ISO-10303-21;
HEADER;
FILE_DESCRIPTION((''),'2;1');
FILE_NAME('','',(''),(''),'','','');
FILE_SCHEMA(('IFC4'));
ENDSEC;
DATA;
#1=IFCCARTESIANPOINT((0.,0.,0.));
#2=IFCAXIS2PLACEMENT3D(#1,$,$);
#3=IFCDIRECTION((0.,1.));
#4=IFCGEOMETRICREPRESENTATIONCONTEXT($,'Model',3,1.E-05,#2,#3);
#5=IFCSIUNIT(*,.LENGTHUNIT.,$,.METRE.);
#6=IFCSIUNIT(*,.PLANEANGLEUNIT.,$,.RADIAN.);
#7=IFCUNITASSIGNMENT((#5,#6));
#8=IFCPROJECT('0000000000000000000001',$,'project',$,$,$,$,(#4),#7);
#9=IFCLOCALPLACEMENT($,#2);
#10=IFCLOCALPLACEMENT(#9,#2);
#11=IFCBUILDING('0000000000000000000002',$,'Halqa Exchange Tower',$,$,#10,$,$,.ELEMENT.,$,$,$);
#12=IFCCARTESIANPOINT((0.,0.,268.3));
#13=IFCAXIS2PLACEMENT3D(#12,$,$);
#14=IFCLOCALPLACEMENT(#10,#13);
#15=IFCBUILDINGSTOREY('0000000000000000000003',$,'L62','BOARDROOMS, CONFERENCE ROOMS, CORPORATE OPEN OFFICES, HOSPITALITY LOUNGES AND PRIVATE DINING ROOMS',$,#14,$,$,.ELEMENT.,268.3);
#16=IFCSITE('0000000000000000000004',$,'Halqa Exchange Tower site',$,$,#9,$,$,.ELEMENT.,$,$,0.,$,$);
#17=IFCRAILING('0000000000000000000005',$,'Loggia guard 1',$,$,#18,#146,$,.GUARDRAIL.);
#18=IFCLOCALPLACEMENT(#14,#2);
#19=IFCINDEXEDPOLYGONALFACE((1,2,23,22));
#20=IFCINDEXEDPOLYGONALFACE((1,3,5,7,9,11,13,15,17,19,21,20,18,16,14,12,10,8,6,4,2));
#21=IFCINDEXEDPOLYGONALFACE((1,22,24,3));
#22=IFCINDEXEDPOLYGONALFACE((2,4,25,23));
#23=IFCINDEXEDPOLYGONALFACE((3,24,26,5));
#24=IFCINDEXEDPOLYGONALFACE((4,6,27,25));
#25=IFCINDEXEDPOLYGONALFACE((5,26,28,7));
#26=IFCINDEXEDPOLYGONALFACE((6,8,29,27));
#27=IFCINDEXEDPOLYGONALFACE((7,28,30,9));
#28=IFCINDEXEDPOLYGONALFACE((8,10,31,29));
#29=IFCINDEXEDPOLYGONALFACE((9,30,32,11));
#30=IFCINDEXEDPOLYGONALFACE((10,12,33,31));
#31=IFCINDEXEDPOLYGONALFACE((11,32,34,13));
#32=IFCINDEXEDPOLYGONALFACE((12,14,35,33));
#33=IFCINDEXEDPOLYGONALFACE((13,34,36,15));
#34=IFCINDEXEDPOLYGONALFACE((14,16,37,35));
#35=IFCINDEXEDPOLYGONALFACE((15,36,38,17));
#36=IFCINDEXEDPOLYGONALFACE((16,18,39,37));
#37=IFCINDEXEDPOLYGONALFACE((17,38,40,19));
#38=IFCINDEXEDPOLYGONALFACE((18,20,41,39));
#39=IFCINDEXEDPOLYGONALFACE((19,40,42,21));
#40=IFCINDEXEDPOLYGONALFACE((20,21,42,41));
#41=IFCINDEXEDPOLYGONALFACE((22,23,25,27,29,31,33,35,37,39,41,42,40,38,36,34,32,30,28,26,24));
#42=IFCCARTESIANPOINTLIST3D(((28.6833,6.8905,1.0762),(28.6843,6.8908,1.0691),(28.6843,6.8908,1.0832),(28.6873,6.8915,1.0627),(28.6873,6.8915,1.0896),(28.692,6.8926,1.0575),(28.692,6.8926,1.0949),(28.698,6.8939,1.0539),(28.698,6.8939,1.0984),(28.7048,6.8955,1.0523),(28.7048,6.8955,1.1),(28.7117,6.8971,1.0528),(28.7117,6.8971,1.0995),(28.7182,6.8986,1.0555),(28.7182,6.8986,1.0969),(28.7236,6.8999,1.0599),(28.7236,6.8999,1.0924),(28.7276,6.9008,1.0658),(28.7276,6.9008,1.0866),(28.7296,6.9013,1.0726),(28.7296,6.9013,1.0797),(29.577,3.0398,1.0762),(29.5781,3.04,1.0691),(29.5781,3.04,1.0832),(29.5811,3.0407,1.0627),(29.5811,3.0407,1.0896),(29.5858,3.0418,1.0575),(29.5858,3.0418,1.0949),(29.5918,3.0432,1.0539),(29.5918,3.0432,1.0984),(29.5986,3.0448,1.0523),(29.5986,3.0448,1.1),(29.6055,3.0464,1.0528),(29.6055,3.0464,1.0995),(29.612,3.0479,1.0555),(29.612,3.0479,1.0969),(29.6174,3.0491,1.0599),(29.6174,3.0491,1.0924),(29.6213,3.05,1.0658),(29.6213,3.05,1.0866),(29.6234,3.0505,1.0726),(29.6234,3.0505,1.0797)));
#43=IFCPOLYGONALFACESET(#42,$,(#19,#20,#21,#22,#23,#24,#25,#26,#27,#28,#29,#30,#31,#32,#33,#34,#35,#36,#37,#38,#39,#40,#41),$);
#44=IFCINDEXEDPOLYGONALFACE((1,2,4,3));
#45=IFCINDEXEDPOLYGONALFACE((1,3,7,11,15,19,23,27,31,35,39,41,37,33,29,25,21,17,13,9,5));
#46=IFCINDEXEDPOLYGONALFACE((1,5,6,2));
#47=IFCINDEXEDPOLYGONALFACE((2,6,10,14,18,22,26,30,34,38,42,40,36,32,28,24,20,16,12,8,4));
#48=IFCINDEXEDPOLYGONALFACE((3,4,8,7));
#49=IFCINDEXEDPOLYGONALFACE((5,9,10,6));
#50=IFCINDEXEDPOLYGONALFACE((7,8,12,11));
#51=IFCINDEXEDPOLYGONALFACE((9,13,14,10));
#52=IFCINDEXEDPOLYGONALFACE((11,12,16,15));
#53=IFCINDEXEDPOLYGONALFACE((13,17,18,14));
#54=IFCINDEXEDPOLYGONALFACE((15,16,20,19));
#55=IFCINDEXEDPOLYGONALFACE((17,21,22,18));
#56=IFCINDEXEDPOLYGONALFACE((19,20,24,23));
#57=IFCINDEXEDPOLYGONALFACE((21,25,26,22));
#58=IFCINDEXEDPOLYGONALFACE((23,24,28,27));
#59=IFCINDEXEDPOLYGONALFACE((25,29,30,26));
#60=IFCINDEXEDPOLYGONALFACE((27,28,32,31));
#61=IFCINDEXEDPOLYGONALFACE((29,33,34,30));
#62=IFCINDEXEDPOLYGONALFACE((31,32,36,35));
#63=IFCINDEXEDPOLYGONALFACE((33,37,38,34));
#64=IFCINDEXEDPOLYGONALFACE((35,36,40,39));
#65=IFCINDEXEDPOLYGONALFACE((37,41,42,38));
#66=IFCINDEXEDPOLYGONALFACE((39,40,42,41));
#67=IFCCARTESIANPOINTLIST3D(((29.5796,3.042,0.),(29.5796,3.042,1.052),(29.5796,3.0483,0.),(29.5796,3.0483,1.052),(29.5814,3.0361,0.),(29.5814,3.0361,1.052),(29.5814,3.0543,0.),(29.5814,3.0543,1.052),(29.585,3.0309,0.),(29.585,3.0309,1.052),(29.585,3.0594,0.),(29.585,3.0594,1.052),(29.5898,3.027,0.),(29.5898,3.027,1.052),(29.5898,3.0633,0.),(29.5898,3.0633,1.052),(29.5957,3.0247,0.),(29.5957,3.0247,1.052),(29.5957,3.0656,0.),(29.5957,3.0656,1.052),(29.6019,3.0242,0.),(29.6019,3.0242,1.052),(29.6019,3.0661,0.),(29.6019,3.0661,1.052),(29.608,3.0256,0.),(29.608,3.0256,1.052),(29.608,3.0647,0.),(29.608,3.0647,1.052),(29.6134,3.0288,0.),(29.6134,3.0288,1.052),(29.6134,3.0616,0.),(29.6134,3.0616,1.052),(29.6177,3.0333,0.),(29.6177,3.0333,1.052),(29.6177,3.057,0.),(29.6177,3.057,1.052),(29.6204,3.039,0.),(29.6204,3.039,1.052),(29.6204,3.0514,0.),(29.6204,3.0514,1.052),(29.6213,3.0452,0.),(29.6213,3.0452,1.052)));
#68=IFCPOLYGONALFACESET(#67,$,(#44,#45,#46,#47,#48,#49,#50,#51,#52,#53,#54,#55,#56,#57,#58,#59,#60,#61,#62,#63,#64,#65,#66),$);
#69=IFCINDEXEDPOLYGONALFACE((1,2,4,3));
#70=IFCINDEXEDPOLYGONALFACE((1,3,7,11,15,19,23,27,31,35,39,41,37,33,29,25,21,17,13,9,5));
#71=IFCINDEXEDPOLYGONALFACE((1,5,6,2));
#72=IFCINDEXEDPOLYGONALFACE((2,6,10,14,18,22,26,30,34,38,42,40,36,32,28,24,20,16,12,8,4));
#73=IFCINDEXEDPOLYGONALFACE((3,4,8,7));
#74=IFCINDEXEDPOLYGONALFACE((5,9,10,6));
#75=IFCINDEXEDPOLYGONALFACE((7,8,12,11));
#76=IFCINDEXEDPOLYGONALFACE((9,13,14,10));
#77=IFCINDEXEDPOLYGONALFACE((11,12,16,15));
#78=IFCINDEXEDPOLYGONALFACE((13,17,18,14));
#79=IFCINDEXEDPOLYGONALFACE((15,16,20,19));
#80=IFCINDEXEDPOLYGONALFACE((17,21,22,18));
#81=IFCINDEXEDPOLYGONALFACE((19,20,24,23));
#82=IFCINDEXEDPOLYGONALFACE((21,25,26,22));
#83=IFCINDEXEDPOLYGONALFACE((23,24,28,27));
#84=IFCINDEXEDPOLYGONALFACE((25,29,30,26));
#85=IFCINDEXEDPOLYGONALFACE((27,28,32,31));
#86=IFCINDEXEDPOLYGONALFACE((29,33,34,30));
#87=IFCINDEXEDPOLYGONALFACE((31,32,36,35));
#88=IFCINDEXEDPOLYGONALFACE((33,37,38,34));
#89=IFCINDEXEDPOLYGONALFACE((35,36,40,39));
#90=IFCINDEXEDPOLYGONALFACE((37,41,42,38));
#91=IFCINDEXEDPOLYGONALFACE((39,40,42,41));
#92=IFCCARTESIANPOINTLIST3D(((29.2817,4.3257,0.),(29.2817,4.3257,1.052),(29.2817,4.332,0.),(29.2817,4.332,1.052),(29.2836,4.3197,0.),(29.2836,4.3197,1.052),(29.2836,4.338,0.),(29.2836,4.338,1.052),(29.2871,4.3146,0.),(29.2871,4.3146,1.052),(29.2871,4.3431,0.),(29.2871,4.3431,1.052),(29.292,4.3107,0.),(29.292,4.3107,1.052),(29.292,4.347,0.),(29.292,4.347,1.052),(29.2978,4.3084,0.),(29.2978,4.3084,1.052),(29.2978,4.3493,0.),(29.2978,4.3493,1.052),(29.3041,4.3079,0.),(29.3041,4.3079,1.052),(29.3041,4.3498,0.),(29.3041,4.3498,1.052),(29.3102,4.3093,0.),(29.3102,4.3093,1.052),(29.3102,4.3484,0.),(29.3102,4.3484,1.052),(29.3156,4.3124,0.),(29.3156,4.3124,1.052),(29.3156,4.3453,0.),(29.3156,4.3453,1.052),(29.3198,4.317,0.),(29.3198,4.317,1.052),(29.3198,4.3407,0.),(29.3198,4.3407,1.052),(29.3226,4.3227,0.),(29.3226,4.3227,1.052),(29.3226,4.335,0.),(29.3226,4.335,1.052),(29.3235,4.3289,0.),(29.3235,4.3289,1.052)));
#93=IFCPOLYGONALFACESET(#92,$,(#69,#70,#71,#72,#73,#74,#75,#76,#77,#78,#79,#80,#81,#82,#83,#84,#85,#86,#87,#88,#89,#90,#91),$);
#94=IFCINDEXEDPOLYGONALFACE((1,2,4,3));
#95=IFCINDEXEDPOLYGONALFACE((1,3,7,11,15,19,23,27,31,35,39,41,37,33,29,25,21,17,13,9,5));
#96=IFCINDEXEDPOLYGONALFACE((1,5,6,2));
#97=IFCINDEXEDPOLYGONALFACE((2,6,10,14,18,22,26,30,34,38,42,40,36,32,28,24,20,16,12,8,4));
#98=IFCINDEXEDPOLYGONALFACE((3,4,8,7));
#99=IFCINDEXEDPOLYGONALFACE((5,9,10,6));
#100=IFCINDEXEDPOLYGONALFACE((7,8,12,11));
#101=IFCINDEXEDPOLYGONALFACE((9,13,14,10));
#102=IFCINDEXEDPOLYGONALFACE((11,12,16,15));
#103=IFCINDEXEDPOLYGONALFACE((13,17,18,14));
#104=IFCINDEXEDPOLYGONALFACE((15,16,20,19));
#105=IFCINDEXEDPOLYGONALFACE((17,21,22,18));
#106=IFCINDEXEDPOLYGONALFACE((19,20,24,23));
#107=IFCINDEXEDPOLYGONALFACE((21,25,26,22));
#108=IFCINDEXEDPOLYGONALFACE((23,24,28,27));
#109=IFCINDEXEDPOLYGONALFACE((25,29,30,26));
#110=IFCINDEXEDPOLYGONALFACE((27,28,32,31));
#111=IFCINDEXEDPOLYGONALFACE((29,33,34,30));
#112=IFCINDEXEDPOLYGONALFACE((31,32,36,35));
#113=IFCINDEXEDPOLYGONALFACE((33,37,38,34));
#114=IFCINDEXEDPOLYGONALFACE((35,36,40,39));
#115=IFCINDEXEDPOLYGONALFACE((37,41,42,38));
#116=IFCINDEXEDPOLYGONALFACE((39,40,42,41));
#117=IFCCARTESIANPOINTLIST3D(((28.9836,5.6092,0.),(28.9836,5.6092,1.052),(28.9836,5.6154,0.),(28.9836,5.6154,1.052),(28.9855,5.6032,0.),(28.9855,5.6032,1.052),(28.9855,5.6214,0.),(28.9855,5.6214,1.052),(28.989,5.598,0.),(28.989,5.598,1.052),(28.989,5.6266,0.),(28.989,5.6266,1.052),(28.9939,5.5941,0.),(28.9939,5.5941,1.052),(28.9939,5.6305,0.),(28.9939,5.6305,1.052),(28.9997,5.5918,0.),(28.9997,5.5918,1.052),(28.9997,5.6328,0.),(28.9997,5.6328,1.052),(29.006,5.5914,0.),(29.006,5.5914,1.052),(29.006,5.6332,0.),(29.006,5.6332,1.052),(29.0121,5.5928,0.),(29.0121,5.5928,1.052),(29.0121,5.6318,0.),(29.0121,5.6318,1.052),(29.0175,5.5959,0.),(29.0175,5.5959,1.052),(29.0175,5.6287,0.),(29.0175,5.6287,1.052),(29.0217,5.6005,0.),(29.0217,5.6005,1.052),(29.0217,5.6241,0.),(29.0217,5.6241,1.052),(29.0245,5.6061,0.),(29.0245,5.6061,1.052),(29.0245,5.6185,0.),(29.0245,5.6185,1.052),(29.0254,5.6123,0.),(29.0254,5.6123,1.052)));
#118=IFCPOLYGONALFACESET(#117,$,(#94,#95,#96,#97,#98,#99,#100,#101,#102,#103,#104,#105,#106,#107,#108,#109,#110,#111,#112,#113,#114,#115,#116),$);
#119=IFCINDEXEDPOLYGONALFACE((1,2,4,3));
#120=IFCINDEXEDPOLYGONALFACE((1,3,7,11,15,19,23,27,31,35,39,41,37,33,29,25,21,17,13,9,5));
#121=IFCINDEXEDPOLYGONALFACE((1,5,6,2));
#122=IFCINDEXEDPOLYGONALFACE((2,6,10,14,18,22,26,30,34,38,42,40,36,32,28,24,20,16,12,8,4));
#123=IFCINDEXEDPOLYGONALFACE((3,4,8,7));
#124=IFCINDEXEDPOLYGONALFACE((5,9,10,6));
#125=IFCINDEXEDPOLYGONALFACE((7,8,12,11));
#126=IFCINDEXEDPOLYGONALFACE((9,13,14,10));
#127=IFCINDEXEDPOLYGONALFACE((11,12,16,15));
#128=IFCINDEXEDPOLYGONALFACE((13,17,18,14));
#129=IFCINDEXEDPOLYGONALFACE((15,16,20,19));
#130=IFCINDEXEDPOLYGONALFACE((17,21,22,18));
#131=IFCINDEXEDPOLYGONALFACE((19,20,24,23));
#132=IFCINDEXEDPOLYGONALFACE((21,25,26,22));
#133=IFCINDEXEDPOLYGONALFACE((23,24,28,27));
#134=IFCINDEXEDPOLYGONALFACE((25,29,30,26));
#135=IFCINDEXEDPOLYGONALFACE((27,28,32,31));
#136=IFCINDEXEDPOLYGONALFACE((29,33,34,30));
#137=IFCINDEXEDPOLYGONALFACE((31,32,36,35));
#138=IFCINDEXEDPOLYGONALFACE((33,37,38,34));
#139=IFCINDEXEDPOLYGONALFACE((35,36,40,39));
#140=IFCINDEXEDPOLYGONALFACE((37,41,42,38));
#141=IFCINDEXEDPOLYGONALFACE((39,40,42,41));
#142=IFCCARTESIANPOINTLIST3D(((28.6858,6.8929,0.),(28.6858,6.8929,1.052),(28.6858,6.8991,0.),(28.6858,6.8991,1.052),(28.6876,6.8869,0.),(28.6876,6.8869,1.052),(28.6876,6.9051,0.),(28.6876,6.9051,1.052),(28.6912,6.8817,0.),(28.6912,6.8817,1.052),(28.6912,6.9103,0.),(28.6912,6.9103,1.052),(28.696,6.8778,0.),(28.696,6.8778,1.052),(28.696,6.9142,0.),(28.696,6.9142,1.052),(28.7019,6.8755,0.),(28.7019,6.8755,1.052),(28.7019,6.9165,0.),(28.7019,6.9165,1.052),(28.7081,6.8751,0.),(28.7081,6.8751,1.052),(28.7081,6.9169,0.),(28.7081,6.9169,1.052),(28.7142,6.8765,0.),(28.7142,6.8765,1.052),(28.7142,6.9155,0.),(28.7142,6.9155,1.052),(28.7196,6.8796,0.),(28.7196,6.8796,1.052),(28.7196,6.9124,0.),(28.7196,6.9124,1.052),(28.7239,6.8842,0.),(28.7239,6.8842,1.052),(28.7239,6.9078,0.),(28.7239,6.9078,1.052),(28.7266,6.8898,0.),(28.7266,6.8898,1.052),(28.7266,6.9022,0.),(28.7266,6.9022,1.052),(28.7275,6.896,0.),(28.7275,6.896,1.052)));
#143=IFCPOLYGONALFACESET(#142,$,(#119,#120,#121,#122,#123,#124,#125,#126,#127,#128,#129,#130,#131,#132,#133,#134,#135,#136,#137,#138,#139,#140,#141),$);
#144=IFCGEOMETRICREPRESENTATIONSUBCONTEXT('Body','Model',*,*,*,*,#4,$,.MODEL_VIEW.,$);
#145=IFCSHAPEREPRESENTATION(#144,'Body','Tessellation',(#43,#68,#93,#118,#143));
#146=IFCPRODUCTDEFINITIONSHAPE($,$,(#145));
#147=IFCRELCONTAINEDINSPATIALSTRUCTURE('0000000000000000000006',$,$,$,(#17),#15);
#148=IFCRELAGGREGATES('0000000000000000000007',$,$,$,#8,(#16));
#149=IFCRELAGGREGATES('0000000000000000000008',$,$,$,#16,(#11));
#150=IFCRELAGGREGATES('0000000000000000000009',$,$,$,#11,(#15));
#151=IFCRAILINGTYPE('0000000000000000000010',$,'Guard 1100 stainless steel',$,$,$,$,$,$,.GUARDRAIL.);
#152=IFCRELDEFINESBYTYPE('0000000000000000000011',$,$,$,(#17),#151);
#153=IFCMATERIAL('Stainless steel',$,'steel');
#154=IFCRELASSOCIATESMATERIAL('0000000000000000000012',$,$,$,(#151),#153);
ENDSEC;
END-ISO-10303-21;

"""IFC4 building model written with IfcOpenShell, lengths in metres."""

from ifc_helpers import new_model, si_unit, direction, frame, origin, origin_2d, place, context, subcontext, project, spatial, circle, extrude, material, type_object, element, save


model = new_model("IFC4")

# Units and contexts
model_context = context("Model", 3, precision=1e-05, world=origin(), true_north=direction((0.0, 1.0)))
body_context = subcontext(model_context, "Body", "Model", "MODEL_VIEW")
ifc_project = project(units=[si_unit("LENGTHUNIT", "METRE"), si_unit("PLANEANGLEUNIT", "RADIAN")], contexts=[model_context])

# Site, building, storey
site_placement = place(None, origin())
site = spatial("IfcSite", under=ifc_project, at=site_placement, Name="Halqa Exchange Tower site", CompositionType="ELEMENT", RefElevation=0.0)
building_placement = place(site_placement, origin())
building = spatial("IfcBuilding", under=site, at=building_placement, Name="Halqa Exchange Tower", CompositionType="ELEMENT")
storey_placement = place(building_placement, frame((0.0, 0.0, 268.3)))
storey = spatial("IfcBuildingStorey", under=building, at=storey_placement, Name="L62", Description="BOARDROOMS, CONFERENCE ROOMS, CORPORATE OPEN OFFICES, HOSPITALITY LOUNGES AND PRIVATE DINING ROOMS", CompositionType="ELEMENT", Elevation=268.3)

# Railing
ifc_material_1 = material(Name="Stainless steel", Category="steel")
railing_type = type_object("IfcRailingType", Name="Guard 1100 stainless steel", PredefinedType="GUARDRAIL", material=ifc_material_1)
railing_1_placement = place(storey_placement, frame((29.6003, 3.0452, 0.0)))
element("IfcRailing", 1, at=railing_1_placement, inside=storey, type_object=railing_type, Name="Loggia guard 1", PredefinedType="GUARDRAIL", context=body_context, shape_type="SweptSolid", body=[
    extrude(circle(Radius=0.0239, at=origin_2d()), frame((0.0, 0.0, 1.0762), z_axis=(-0.226095, 0.974105, 0.0), x_axis=(-0.974105, -0.226095, 0.0)), (0.0, 0.0, 1.0), 3.9531),
    extrude(circle(Radius=0.021, at=origin_2d()), origin(), (0.0, 0.0, 1.0), 1.052),
    extrude(circle(Radius=0.021, at=origin_2d()), frame((-0.2979, 1.2837, 0.0)), (0.0, 0.0, 1.0), 1.052),
    extrude(circle(Radius=0.021, at=origin_2d()), frame((-0.5959, 2.5671, 0.0)), (0.0, 0.0, 1.0), 1.052),
    extrude(circle(Radius=0.021, at=origin_2d()), frame((-0.8938, 3.8508, 0.0)), (0.0, 0.0, 1.0), 1.052),
])

save(model, "model.ifc")
